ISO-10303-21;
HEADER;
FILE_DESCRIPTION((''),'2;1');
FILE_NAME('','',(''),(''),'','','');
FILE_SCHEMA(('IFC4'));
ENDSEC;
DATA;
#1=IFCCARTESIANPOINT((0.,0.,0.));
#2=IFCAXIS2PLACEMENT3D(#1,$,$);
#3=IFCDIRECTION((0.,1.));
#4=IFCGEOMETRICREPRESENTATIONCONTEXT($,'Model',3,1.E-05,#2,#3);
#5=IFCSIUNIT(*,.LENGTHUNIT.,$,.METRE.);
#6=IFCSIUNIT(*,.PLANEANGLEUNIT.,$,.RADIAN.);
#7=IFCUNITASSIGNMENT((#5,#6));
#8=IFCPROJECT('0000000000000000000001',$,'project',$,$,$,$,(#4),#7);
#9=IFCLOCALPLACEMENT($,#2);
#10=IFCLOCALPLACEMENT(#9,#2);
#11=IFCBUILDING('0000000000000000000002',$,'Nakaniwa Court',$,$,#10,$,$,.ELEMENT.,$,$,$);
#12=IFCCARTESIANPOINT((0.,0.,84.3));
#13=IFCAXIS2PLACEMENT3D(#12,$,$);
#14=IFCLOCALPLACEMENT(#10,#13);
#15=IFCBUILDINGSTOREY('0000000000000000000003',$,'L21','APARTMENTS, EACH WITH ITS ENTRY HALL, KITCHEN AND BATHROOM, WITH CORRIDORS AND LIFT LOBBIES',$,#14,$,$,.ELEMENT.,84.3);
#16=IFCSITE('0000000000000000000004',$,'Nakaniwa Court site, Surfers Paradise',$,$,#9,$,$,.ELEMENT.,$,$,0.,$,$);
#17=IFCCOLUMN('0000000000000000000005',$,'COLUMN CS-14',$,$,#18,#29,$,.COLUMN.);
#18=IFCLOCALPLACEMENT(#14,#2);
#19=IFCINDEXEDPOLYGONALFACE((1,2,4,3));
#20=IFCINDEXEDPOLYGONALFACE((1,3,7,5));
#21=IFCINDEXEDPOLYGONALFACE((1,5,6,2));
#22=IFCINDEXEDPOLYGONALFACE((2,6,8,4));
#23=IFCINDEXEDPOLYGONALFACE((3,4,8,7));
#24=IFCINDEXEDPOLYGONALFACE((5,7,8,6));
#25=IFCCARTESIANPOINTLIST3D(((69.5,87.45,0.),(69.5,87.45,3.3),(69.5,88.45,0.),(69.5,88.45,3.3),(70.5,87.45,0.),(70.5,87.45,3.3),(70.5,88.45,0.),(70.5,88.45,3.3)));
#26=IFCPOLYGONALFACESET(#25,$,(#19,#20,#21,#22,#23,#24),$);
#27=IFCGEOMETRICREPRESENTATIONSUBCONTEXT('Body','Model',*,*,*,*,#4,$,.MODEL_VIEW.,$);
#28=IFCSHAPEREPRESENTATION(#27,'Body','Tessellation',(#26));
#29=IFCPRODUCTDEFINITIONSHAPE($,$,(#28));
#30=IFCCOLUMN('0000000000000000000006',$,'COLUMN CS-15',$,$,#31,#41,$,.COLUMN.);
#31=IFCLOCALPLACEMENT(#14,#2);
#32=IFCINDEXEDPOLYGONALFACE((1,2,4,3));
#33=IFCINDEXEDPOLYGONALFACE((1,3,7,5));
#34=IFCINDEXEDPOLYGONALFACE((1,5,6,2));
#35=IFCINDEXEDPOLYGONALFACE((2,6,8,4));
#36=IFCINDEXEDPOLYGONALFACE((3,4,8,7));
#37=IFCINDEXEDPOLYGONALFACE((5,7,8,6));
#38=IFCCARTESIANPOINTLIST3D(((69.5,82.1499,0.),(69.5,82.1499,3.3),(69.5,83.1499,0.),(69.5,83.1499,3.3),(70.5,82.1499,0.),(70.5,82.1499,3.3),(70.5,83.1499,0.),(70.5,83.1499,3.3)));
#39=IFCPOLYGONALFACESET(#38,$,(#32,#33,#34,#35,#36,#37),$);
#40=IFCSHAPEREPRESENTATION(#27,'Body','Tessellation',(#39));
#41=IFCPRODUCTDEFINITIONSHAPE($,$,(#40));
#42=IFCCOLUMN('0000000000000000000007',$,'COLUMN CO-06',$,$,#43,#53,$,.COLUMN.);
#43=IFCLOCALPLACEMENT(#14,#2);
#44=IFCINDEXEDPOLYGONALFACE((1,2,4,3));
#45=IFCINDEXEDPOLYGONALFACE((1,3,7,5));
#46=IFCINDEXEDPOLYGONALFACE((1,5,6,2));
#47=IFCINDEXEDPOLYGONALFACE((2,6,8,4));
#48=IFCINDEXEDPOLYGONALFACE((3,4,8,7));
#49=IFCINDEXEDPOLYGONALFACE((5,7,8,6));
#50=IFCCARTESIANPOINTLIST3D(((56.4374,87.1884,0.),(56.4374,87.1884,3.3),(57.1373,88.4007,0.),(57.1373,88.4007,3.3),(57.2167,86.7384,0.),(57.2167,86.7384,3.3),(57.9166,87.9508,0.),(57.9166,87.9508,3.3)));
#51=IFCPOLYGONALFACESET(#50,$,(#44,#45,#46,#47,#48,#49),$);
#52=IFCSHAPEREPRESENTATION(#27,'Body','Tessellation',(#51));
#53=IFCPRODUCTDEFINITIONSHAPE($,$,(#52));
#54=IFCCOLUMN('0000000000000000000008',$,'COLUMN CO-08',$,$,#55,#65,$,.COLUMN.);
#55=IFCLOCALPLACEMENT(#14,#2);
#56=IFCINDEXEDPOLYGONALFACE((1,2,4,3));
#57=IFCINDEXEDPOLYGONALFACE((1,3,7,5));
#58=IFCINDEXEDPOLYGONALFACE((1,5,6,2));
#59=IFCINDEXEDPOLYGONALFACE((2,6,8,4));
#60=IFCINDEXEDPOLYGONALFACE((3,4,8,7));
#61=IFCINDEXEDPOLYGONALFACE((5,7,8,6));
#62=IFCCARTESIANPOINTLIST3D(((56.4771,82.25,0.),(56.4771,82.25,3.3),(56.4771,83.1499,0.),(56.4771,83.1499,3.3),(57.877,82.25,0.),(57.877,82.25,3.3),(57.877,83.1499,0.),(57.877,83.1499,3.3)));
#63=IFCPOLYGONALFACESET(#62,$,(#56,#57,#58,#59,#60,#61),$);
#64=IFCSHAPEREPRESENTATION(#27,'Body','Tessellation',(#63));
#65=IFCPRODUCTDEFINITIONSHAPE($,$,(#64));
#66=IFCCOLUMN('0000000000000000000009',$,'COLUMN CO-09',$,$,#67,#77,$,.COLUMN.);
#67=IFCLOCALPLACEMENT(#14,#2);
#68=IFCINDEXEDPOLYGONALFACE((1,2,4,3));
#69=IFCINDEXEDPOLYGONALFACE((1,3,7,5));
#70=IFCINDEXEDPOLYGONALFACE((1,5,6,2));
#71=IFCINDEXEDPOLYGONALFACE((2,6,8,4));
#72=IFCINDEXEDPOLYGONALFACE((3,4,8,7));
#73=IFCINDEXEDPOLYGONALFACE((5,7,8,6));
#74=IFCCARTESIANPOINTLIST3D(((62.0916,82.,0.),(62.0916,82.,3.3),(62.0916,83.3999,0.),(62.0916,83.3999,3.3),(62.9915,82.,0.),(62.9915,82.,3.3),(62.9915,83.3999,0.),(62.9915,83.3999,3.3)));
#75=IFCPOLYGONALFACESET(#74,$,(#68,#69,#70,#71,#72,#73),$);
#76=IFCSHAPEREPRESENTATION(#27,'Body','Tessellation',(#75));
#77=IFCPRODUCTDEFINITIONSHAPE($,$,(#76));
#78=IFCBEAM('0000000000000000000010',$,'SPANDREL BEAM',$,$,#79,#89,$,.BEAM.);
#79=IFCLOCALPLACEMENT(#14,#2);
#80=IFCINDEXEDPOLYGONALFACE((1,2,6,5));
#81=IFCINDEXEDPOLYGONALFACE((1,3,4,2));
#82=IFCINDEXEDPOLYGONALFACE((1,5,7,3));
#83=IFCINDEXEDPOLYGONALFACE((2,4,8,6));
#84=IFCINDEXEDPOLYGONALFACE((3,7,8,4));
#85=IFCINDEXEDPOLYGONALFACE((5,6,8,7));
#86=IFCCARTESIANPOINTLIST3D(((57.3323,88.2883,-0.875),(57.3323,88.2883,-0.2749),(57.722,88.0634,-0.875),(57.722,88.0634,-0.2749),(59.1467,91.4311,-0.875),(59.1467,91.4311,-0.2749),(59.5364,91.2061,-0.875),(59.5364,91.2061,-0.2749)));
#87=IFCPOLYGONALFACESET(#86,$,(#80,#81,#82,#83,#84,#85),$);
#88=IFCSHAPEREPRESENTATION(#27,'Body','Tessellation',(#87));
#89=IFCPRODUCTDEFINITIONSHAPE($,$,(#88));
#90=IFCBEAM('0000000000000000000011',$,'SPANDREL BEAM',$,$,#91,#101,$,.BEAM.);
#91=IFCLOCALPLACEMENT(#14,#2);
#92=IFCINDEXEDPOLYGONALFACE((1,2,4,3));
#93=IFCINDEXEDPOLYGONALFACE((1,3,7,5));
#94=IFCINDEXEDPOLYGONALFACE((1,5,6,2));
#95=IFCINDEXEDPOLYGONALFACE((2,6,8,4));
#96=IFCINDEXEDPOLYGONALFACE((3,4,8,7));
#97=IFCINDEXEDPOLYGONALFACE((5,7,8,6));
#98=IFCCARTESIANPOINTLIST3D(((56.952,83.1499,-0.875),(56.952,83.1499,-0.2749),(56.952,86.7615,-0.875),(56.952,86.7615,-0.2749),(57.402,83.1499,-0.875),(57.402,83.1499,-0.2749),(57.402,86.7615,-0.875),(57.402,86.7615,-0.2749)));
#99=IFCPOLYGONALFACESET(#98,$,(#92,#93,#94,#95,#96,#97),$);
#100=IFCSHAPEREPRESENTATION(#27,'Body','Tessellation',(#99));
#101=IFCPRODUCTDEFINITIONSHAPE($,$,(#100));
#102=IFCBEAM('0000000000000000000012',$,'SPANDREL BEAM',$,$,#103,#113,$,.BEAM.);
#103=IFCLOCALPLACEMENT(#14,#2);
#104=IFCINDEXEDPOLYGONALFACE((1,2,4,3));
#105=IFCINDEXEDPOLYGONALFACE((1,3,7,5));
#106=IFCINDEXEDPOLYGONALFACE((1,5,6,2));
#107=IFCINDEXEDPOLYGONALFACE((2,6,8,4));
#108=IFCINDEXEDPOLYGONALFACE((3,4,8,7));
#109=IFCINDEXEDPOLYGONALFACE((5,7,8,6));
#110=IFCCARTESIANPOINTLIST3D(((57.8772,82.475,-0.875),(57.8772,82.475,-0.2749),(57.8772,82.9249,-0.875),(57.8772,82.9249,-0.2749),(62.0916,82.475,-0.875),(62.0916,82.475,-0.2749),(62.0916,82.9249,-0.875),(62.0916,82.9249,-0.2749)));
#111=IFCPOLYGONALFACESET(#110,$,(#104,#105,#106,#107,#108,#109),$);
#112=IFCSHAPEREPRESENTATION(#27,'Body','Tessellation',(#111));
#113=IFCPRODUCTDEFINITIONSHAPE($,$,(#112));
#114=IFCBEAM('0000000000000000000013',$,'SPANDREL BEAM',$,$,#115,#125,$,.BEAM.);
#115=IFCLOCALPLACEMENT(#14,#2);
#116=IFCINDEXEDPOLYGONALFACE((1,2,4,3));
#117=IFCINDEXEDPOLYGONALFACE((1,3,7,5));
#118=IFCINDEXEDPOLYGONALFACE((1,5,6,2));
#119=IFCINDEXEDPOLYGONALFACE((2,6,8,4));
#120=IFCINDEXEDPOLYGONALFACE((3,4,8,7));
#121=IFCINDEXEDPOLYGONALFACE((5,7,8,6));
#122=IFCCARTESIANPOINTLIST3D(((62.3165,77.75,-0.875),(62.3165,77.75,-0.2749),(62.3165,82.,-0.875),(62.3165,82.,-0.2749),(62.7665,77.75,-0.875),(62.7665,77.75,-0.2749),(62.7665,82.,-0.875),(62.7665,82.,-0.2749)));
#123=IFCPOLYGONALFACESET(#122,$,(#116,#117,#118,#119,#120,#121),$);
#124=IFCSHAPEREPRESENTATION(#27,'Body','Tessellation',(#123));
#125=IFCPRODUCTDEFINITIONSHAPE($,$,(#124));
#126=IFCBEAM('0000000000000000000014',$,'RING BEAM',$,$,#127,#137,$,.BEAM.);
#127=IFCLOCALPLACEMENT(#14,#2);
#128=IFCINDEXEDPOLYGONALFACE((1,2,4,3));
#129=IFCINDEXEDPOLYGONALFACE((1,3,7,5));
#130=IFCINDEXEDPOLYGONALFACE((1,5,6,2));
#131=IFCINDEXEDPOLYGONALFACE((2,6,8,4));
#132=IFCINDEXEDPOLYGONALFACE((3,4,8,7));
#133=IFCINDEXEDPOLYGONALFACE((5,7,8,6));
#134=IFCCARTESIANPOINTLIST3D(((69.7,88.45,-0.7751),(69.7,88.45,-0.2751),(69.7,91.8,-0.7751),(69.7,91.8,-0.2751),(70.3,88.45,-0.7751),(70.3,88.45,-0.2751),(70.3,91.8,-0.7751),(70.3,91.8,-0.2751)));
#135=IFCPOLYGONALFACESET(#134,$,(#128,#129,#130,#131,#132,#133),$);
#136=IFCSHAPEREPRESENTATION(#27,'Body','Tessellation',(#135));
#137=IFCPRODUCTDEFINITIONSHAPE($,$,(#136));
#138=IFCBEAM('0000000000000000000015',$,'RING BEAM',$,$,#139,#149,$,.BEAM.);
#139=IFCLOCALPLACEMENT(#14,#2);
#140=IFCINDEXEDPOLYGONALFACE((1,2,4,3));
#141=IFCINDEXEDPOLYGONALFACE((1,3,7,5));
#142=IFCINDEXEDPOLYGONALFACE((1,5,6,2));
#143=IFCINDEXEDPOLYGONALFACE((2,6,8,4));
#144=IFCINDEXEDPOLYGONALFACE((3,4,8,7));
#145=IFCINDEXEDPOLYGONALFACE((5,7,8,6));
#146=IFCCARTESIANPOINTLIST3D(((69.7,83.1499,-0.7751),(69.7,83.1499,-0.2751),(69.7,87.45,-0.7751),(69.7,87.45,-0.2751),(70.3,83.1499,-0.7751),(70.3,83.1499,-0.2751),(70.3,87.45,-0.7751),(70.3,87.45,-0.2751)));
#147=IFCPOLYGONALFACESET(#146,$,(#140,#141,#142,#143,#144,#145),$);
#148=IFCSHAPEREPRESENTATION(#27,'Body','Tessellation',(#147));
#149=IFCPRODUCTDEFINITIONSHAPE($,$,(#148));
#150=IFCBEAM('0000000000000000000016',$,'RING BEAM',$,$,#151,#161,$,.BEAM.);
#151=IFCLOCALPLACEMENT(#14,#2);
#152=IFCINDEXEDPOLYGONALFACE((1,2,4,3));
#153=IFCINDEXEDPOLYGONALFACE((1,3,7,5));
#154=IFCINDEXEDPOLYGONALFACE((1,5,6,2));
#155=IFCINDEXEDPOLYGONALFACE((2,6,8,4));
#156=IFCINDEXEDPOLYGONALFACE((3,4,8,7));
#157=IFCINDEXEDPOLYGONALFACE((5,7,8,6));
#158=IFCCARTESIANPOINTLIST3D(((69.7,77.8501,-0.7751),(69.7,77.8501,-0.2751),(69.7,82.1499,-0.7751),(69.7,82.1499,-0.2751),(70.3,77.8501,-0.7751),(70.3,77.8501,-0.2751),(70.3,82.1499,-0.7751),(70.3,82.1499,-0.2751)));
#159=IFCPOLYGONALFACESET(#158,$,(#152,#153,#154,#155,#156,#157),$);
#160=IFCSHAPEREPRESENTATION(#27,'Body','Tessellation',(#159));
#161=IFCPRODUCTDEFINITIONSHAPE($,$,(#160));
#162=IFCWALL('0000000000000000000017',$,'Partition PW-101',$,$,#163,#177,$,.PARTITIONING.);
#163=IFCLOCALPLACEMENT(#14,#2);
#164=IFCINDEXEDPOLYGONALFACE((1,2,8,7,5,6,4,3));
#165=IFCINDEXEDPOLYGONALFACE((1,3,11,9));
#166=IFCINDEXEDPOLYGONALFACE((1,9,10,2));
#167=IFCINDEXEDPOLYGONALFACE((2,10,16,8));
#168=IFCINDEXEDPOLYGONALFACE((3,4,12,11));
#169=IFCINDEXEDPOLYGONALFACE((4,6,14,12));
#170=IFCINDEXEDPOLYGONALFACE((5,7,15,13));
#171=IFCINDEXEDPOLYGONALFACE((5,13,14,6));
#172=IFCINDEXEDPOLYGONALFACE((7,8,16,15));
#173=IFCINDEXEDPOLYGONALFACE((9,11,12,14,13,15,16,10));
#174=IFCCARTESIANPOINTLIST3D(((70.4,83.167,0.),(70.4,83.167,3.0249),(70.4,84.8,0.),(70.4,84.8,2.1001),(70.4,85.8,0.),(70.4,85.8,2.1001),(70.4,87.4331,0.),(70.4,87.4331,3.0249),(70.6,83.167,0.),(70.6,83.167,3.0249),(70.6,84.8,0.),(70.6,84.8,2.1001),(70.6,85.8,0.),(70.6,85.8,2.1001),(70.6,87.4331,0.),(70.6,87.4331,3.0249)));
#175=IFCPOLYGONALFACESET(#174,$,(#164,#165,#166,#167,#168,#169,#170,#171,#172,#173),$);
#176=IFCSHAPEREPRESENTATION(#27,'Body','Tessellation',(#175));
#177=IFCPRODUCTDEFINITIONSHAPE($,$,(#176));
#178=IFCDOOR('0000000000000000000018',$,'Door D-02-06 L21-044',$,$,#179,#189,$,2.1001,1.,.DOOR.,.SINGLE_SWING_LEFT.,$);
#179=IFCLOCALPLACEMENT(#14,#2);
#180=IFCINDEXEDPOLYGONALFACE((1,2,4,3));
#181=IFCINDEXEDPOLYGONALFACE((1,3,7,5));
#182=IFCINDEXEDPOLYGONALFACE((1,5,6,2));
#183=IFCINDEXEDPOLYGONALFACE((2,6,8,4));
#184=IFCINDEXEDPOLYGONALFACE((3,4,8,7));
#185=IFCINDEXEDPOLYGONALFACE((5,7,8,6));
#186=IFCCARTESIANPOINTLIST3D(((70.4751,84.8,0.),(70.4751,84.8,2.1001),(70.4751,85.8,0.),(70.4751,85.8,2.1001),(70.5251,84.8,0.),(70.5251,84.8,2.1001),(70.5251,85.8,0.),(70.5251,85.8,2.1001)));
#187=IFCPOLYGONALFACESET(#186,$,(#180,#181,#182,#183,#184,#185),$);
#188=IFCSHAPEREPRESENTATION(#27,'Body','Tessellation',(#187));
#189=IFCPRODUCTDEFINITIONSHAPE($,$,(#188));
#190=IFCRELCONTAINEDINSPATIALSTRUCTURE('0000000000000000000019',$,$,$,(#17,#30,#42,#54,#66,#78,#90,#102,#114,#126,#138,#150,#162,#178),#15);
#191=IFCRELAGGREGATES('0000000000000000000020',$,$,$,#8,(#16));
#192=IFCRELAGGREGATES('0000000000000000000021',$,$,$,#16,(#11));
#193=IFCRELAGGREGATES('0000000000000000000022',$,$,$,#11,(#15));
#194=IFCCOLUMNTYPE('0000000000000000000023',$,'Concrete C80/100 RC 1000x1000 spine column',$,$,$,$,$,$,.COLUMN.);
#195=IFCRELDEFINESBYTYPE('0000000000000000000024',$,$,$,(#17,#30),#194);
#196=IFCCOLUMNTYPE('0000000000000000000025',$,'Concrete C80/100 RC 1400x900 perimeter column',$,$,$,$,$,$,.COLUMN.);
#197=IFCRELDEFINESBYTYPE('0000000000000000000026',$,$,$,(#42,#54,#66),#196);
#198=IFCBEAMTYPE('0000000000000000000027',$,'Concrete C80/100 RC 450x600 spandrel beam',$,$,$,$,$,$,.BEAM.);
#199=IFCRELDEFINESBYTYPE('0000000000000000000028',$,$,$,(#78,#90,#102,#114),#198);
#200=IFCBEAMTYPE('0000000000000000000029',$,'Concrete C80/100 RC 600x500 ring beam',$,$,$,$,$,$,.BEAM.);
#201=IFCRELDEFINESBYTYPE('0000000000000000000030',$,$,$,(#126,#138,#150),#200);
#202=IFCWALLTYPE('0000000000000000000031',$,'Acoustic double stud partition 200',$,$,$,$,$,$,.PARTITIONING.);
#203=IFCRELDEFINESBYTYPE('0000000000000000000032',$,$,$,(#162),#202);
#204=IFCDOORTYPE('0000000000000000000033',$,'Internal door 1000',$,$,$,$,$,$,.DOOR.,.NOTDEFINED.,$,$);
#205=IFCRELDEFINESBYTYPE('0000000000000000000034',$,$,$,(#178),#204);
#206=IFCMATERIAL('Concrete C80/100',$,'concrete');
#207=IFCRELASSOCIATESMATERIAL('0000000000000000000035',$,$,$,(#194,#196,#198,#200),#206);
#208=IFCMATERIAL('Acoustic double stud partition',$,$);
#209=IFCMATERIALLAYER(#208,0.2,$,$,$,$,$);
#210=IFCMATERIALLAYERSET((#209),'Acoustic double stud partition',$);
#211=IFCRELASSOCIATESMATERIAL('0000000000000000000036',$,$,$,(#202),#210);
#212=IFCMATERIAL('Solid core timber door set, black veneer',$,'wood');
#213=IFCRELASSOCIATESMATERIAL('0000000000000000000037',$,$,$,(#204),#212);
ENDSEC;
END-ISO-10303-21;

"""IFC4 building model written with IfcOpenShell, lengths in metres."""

from ifc_helpers import new_model, si_unit, direction, frame, frame_2d, origin, origin_2d, place, context, subcontext, project, spatial, rectangle, extrude, material, layer, layer_set, material_profile, profile_set, type_object, element, fill, save


model = new_model("IFC4")

# Units and contexts
model_context = context("Model", 3, precision=1e-05, world=origin(), true_north=direction((0.0, 1.0)))
body_context = subcontext(model_context, "Body", "Model", "MODEL_VIEW")
ifc_project = project(units=[si_unit("LENGTHUNIT", "METRE"), si_unit("PLANEANGLEUNIT", "RADIAN")], contexts=[model_context])

# Site, building, storey
site_placement = place(None, origin())
site = spatial("IfcSite", under=ifc_project, at=site_placement, Name="Nakaniwa Court site, Surfers Paradise", CompositionType="ELEMENT", RefElevation=0.0)
building_placement = place(site_placement, origin())
building = spatial("IfcBuilding", under=site, at=building_placement, Name="Nakaniwa Court", CompositionType="ELEMENT")
storey_placement = place(building_placement, frame((0.0, 0.0, 84.3)))
storey = spatial("IfcBuildingStorey", under=building, at=storey_placement, Name="L21", Description="APARTMENTS, EACH WITH ITS ENTRY HALL, KITCHEN AND BATHROOM, WITH CORRIDORS AND LIFT LOBBIES", CompositionType="ELEMENT", Elevation=84.3)

# Columns
ifc_material_1 = material(Name="Concrete C80/100", Category="concrete")
ifc_material_profile_1 = material_profile(ifc_material_1, rectangle(XDim=1.0, YDim=1.0, at=origin_2d()), Name="Concrete C80/100 RC 1000x1000 spine column")
ifc_profile_set_1 = profile_set([ifc_material_profile_1], Name="Concrete C80/100")
column_type_1 = type_object("IfcColumnType", Name="Concrete C80/100 RC 1000x1000 spine column", PredefinedType="COLUMN", material=ifc_profile_set_1)
for number, where, z_axis, x_axis, name in (
    (1, (70.0, 87.95, 0.0), (0.0, 0.0, 1.0), (0.0, -1.0, 0.0), "COLUMN CS-14"),
    (2, (70.0, 82.6499, 0.0), (0.0, 0.0, 1.0), (0.0, -1.0, 0.0), "COLUMN CS-15"),
):
    element("IfcColumn", number, at=place(storey_placement, frame(where, z_axis=z_axis, x_axis=x_axis)), inside=storey, type_object=column_type_1, Name=name, PredefinedType="COLUMN", context=body_context, shape_type="SweptSolid", body=[
        extrude(rectangle(XDim=1.0, YDim=1.0, at=origin_2d()), origin(), (0.0, 0.0, 1.0), 3.3),
    ])
ifc_material_profile_2 = material_profile(ifc_material_1, rectangle(XDim=1.3999, YDim=0.8999, at=origin_2d()), Name="Concrete C80/100 RC 1400x900 perimeter column")
ifc_profile_set_2 = profile_set([ifc_material_profile_2], Name="Concrete C80/100")
column_type_2 = type_object("IfcColumnType", Name="Concrete C80/100 RC 1400x900 perimeter column", PredefinedType="COLUMN", material=ifc_profile_set_2)
for number, where, z_axis, x_axis, name in (
    (3, (57.177, 87.5696, 0.0), (0.0, 0.0, 1.0), (-0.5, -0.866025, 0.0), "COLUMN CO-06"),
    (4, (57.177, 82.7, 0.0), (0.0, 0.0, 1.0), (1.0, 0.0, 0.0), "COLUMN CO-08"),
    (5, (62.5415, 82.7, 0.0), (0.0, 0.0, 1.0), (0.0, -1.0, 0.0), "COLUMN CO-09"),
):
    element("IfcColumn", number, at=place(storey_placement, frame(where, z_axis=z_axis, x_axis=x_axis)), inside=storey, type_object=column_type_2, Name=name, PredefinedType="COLUMN", context=body_context, shape_type="SweptSolid", body=[
        extrude(rectangle(XDim=1.3999, YDim=0.8999, at=origin_2d()), origin(), (0.0, 0.0, 1.0), 3.3),
    ])

# Beams
ifc_material_profile_3 = material_profile(ifc_material_1, rectangle(XDim=0.45, YDim=0.6001, at=origin_2d()), Name="Concrete C80/100 RC 450x600 spandrel beam")
ifc_profile_set_3 = profile_set([ifc_material_profile_3], Name="Concrete C80/100")
beam_type_1 = type_object("IfcBeamType", Name="Concrete C80/100 RC 450x600 spandrel beam", PredefinedType="BEAM", material=ifc_profile_set_3)
beam_1_placement = place(storey_placement, frame((59.3416, 91.3186, -0.575), z_axis=(-0.499988, -0.866032, 0.0), x_axis=(0.866032, -0.499988, 0.0)))
element("IfcBeam", 6, at=beam_1_placement, inside=storey, type_object=beam_type_1, Name="SPANDREL BEAM", PredefinedType="BEAM", context=body_context, shape_type="SweptSolid", body=[
    extrude(rectangle(XDim=0.45, YDim=0.6001, at=origin_2d()), origin(), (0.0, 0.0, 1.0), 3.6289),
])
beam_2_placement = place(storey_placement, frame((57.177, 86.7615, -0.575), z_axis=(0.0, -1.0, 0.0), x_axis=(1.0, 0.0, 0.0)))
element("IfcBeam", 7, at=beam_2_placement, inside=storey, type_object=beam_type_1, Name="SPANDREL BEAM", PredefinedType="BEAM", context=body_context, shape_type="SweptSolid", body=[
    extrude(rectangle(XDim=0.45, YDim=0.6001, at=origin_2d()), origin(), (0.0, 0.0, 1.0), 3.6116),
])
beam_3_placement = place(storey_placement, frame((57.8772, 82.7, -0.575), z_axis=(1.0, 0.0, 0.0), x_axis=(0.0, 1.0, 0.0)))
element("IfcBeam", 8, at=beam_3_placement, inside=storey, type_object=beam_type_1, Name="SPANDREL BEAM", PredefinedType="BEAM", context=body_context, shape_type="SweptSolid", body=[
    extrude(rectangle(XDim=0.45, YDim=0.6001, at=origin_2d()), origin(), (0.0, 0.0, 1.0), 4.2144),
])
beam_4_placement = place(storey_placement, frame((62.5415, 82.0, -0.575), z_axis=(0.0, -1.0, 0.0), x_axis=(1.0, 0.0, 0.0)))
element("IfcBeam", 9, at=beam_4_placement, inside=storey, type_object=beam_type_1, Name="SPANDREL BEAM", PredefinedType="BEAM", context=body_context, shape_type="SweptSolid", body=[
    extrude(rectangle(XDim=0.45, YDim=0.6001, at=origin_2d()), origin(), (0.0, 0.0, 1.0), 4.25),
])
ifc_material_profile_4 = material_profile(ifc_material_1, rectangle(XDim=0.6001, YDim=0.5, at=origin_2d()), Name="Concrete C80/100 RC 600x500 ring beam")
ifc_profile_set_4 = profile_set([ifc_material_profile_4], Name="Concrete C80/100")
beam_type_2 = type_object("IfcBeamType", Name="Concrete C80/100 RC 600x500 ring beam", PredefinedType="BEAM", material=ifc_profile_set_4)
beam_5_placement = place(storey_placement, frame((70.0, 91.8, -0.5251), z_axis=(0.0, -1.0, 0.0), x_axis=(1.0, 0.0, 0.0)))
element("IfcBeam", 10, at=beam_5_placement, inside=storey, type_object=beam_type_2, Name="RING BEAM", PredefinedType="BEAM", context=body_context, shape_type="SweptSolid", body=[
    extrude(rectangle(XDim=0.6001, YDim=0.5, at=origin_2d()), origin(), (0.0, 0.0, 1.0), 3.3501),
])
beam_6_placement = place(storey_placement, frame((70.0, 87.45, -0.5251), z_axis=(0.0, -1.0, 0.0), x_axis=(1.0, 0.0, 0.0)))
element("IfcBeam", 11, at=beam_6_placement, inside=storey, type_object=beam_type_2, Name="RING BEAM", PredefinedType="BEAM", context=body_context, shape_type="SweptSolid", body=[
    extrude(rectangle(XDim=0.6001, YDim=0.5, at=origin_2d()), origin(), (0.0, 0.0, 1.0), 4.3),
])
beam_7_placement = place(storey_placement, frame((70.0, 82.1499, -0.5251), z_axis=(0.0, -1.0, 0.0), x_axis=(1.0, 0.0, 0.0)))
element("IfcBeam", 12, at=beam_7_placement, inside=storey, type_object=beam_type_2, Name="RING BEAM", PredefinedType="BEAM", context=body_context, shape_type="SweptSolid", body=[
    extrude(rectangle(XDim=0.6001, YDim=0.5, at=origin_2d()), origin(), (0.0, 0.0, 1.0), 4.2998),
])

# Wall, opening, door
ifc_material_2 = material(Name="Acoustic double stud partition")
ifc_layer_1 = layer(ifc_material_2, 0.2)
ifc_layer_set_1 = layer_set([ifc_layer_1], Name="Acoustic double stud partition")
wall_type_1 = type_object("IfcWallType", Name="Acoustic double stud partition 200", PredefinedType="PARTITIONING", material=ifc_layer_set_1)
wall_1_placement = place(storey_placement, frame((70.5, 83.167, 0.0), z_axis=(0.0, 0.0, 1.0), x_axis=(0.0, 1.0, 0.0)))
wall_1 = element("IfcWall", 13, at=wall_1_placement, inside=storey, type_object=wall_type_1, Name="Partition PW-101", PredefinedType="PARTITIONING", context=body_context, shape_type="SweptSolid", body=[
    extrude(rectangle(XDim=4.2661, YDim=0.2, at=frame_2d((2.1331, 0.0))), origin(), (0.0, 0.0, 1.0), 3.0249),
])
opening_1_placement = place(wall_1_placement, frame((1.6331, 0.0, 0.0)))
opening_1 = element("IfcOpeningElement", 14, at=opening_1_placement, cuts=wall_1, PredefinedType="OPENING", context=body_context, shape_type="SweptSolid", body=[
    extrude(rectangle(XDim=1.0, YDim=2.1001, at=frame_2d((0.5, 1.05))), frame((0.0, 0.1099, 0.0), z_axis=(0.0, -1.0, 0.0), x_axis=(1.0, 0.0, 0.0)), (0.0, 0.0, 1.0), 0.22),
])
ifc_material_3 = material(Name="Solid core timber door set, black veneer", Category="wood")
door_type = type_object("IfcDoorType", Name="Internal door 1000", OperationType="NOTDEFINED", PredefinedType="DOOR", material=ifc_material_3)
door_placement = place(opening_1_placement, origin())
door = element("IfcDoor", 15, at=door_placement, inside=storey, type_object=door_type, Name="Door D-02-06 L21-044", OperationType="SINGLE_SWING_LEFT", OverallHeight=2.1001, OverallWidth=1.0, PredefinedType="DOOR", context=body_context, shape_type="SweptSolid", body=[
    extrude(rectangle(XDim=1.0, YDim=2.1001, at=frame_2d((0.5, 1.05))), frame((0.0, 0.0249, 0.0), z_axis=(0.0, -1.0, 0.0), x_axis=(1.0, 0.0, 0.0)), (0.0, 0.0, 1.0), 0.05),
])
fill(opening_1, door)

save(model, "model.ifc")
